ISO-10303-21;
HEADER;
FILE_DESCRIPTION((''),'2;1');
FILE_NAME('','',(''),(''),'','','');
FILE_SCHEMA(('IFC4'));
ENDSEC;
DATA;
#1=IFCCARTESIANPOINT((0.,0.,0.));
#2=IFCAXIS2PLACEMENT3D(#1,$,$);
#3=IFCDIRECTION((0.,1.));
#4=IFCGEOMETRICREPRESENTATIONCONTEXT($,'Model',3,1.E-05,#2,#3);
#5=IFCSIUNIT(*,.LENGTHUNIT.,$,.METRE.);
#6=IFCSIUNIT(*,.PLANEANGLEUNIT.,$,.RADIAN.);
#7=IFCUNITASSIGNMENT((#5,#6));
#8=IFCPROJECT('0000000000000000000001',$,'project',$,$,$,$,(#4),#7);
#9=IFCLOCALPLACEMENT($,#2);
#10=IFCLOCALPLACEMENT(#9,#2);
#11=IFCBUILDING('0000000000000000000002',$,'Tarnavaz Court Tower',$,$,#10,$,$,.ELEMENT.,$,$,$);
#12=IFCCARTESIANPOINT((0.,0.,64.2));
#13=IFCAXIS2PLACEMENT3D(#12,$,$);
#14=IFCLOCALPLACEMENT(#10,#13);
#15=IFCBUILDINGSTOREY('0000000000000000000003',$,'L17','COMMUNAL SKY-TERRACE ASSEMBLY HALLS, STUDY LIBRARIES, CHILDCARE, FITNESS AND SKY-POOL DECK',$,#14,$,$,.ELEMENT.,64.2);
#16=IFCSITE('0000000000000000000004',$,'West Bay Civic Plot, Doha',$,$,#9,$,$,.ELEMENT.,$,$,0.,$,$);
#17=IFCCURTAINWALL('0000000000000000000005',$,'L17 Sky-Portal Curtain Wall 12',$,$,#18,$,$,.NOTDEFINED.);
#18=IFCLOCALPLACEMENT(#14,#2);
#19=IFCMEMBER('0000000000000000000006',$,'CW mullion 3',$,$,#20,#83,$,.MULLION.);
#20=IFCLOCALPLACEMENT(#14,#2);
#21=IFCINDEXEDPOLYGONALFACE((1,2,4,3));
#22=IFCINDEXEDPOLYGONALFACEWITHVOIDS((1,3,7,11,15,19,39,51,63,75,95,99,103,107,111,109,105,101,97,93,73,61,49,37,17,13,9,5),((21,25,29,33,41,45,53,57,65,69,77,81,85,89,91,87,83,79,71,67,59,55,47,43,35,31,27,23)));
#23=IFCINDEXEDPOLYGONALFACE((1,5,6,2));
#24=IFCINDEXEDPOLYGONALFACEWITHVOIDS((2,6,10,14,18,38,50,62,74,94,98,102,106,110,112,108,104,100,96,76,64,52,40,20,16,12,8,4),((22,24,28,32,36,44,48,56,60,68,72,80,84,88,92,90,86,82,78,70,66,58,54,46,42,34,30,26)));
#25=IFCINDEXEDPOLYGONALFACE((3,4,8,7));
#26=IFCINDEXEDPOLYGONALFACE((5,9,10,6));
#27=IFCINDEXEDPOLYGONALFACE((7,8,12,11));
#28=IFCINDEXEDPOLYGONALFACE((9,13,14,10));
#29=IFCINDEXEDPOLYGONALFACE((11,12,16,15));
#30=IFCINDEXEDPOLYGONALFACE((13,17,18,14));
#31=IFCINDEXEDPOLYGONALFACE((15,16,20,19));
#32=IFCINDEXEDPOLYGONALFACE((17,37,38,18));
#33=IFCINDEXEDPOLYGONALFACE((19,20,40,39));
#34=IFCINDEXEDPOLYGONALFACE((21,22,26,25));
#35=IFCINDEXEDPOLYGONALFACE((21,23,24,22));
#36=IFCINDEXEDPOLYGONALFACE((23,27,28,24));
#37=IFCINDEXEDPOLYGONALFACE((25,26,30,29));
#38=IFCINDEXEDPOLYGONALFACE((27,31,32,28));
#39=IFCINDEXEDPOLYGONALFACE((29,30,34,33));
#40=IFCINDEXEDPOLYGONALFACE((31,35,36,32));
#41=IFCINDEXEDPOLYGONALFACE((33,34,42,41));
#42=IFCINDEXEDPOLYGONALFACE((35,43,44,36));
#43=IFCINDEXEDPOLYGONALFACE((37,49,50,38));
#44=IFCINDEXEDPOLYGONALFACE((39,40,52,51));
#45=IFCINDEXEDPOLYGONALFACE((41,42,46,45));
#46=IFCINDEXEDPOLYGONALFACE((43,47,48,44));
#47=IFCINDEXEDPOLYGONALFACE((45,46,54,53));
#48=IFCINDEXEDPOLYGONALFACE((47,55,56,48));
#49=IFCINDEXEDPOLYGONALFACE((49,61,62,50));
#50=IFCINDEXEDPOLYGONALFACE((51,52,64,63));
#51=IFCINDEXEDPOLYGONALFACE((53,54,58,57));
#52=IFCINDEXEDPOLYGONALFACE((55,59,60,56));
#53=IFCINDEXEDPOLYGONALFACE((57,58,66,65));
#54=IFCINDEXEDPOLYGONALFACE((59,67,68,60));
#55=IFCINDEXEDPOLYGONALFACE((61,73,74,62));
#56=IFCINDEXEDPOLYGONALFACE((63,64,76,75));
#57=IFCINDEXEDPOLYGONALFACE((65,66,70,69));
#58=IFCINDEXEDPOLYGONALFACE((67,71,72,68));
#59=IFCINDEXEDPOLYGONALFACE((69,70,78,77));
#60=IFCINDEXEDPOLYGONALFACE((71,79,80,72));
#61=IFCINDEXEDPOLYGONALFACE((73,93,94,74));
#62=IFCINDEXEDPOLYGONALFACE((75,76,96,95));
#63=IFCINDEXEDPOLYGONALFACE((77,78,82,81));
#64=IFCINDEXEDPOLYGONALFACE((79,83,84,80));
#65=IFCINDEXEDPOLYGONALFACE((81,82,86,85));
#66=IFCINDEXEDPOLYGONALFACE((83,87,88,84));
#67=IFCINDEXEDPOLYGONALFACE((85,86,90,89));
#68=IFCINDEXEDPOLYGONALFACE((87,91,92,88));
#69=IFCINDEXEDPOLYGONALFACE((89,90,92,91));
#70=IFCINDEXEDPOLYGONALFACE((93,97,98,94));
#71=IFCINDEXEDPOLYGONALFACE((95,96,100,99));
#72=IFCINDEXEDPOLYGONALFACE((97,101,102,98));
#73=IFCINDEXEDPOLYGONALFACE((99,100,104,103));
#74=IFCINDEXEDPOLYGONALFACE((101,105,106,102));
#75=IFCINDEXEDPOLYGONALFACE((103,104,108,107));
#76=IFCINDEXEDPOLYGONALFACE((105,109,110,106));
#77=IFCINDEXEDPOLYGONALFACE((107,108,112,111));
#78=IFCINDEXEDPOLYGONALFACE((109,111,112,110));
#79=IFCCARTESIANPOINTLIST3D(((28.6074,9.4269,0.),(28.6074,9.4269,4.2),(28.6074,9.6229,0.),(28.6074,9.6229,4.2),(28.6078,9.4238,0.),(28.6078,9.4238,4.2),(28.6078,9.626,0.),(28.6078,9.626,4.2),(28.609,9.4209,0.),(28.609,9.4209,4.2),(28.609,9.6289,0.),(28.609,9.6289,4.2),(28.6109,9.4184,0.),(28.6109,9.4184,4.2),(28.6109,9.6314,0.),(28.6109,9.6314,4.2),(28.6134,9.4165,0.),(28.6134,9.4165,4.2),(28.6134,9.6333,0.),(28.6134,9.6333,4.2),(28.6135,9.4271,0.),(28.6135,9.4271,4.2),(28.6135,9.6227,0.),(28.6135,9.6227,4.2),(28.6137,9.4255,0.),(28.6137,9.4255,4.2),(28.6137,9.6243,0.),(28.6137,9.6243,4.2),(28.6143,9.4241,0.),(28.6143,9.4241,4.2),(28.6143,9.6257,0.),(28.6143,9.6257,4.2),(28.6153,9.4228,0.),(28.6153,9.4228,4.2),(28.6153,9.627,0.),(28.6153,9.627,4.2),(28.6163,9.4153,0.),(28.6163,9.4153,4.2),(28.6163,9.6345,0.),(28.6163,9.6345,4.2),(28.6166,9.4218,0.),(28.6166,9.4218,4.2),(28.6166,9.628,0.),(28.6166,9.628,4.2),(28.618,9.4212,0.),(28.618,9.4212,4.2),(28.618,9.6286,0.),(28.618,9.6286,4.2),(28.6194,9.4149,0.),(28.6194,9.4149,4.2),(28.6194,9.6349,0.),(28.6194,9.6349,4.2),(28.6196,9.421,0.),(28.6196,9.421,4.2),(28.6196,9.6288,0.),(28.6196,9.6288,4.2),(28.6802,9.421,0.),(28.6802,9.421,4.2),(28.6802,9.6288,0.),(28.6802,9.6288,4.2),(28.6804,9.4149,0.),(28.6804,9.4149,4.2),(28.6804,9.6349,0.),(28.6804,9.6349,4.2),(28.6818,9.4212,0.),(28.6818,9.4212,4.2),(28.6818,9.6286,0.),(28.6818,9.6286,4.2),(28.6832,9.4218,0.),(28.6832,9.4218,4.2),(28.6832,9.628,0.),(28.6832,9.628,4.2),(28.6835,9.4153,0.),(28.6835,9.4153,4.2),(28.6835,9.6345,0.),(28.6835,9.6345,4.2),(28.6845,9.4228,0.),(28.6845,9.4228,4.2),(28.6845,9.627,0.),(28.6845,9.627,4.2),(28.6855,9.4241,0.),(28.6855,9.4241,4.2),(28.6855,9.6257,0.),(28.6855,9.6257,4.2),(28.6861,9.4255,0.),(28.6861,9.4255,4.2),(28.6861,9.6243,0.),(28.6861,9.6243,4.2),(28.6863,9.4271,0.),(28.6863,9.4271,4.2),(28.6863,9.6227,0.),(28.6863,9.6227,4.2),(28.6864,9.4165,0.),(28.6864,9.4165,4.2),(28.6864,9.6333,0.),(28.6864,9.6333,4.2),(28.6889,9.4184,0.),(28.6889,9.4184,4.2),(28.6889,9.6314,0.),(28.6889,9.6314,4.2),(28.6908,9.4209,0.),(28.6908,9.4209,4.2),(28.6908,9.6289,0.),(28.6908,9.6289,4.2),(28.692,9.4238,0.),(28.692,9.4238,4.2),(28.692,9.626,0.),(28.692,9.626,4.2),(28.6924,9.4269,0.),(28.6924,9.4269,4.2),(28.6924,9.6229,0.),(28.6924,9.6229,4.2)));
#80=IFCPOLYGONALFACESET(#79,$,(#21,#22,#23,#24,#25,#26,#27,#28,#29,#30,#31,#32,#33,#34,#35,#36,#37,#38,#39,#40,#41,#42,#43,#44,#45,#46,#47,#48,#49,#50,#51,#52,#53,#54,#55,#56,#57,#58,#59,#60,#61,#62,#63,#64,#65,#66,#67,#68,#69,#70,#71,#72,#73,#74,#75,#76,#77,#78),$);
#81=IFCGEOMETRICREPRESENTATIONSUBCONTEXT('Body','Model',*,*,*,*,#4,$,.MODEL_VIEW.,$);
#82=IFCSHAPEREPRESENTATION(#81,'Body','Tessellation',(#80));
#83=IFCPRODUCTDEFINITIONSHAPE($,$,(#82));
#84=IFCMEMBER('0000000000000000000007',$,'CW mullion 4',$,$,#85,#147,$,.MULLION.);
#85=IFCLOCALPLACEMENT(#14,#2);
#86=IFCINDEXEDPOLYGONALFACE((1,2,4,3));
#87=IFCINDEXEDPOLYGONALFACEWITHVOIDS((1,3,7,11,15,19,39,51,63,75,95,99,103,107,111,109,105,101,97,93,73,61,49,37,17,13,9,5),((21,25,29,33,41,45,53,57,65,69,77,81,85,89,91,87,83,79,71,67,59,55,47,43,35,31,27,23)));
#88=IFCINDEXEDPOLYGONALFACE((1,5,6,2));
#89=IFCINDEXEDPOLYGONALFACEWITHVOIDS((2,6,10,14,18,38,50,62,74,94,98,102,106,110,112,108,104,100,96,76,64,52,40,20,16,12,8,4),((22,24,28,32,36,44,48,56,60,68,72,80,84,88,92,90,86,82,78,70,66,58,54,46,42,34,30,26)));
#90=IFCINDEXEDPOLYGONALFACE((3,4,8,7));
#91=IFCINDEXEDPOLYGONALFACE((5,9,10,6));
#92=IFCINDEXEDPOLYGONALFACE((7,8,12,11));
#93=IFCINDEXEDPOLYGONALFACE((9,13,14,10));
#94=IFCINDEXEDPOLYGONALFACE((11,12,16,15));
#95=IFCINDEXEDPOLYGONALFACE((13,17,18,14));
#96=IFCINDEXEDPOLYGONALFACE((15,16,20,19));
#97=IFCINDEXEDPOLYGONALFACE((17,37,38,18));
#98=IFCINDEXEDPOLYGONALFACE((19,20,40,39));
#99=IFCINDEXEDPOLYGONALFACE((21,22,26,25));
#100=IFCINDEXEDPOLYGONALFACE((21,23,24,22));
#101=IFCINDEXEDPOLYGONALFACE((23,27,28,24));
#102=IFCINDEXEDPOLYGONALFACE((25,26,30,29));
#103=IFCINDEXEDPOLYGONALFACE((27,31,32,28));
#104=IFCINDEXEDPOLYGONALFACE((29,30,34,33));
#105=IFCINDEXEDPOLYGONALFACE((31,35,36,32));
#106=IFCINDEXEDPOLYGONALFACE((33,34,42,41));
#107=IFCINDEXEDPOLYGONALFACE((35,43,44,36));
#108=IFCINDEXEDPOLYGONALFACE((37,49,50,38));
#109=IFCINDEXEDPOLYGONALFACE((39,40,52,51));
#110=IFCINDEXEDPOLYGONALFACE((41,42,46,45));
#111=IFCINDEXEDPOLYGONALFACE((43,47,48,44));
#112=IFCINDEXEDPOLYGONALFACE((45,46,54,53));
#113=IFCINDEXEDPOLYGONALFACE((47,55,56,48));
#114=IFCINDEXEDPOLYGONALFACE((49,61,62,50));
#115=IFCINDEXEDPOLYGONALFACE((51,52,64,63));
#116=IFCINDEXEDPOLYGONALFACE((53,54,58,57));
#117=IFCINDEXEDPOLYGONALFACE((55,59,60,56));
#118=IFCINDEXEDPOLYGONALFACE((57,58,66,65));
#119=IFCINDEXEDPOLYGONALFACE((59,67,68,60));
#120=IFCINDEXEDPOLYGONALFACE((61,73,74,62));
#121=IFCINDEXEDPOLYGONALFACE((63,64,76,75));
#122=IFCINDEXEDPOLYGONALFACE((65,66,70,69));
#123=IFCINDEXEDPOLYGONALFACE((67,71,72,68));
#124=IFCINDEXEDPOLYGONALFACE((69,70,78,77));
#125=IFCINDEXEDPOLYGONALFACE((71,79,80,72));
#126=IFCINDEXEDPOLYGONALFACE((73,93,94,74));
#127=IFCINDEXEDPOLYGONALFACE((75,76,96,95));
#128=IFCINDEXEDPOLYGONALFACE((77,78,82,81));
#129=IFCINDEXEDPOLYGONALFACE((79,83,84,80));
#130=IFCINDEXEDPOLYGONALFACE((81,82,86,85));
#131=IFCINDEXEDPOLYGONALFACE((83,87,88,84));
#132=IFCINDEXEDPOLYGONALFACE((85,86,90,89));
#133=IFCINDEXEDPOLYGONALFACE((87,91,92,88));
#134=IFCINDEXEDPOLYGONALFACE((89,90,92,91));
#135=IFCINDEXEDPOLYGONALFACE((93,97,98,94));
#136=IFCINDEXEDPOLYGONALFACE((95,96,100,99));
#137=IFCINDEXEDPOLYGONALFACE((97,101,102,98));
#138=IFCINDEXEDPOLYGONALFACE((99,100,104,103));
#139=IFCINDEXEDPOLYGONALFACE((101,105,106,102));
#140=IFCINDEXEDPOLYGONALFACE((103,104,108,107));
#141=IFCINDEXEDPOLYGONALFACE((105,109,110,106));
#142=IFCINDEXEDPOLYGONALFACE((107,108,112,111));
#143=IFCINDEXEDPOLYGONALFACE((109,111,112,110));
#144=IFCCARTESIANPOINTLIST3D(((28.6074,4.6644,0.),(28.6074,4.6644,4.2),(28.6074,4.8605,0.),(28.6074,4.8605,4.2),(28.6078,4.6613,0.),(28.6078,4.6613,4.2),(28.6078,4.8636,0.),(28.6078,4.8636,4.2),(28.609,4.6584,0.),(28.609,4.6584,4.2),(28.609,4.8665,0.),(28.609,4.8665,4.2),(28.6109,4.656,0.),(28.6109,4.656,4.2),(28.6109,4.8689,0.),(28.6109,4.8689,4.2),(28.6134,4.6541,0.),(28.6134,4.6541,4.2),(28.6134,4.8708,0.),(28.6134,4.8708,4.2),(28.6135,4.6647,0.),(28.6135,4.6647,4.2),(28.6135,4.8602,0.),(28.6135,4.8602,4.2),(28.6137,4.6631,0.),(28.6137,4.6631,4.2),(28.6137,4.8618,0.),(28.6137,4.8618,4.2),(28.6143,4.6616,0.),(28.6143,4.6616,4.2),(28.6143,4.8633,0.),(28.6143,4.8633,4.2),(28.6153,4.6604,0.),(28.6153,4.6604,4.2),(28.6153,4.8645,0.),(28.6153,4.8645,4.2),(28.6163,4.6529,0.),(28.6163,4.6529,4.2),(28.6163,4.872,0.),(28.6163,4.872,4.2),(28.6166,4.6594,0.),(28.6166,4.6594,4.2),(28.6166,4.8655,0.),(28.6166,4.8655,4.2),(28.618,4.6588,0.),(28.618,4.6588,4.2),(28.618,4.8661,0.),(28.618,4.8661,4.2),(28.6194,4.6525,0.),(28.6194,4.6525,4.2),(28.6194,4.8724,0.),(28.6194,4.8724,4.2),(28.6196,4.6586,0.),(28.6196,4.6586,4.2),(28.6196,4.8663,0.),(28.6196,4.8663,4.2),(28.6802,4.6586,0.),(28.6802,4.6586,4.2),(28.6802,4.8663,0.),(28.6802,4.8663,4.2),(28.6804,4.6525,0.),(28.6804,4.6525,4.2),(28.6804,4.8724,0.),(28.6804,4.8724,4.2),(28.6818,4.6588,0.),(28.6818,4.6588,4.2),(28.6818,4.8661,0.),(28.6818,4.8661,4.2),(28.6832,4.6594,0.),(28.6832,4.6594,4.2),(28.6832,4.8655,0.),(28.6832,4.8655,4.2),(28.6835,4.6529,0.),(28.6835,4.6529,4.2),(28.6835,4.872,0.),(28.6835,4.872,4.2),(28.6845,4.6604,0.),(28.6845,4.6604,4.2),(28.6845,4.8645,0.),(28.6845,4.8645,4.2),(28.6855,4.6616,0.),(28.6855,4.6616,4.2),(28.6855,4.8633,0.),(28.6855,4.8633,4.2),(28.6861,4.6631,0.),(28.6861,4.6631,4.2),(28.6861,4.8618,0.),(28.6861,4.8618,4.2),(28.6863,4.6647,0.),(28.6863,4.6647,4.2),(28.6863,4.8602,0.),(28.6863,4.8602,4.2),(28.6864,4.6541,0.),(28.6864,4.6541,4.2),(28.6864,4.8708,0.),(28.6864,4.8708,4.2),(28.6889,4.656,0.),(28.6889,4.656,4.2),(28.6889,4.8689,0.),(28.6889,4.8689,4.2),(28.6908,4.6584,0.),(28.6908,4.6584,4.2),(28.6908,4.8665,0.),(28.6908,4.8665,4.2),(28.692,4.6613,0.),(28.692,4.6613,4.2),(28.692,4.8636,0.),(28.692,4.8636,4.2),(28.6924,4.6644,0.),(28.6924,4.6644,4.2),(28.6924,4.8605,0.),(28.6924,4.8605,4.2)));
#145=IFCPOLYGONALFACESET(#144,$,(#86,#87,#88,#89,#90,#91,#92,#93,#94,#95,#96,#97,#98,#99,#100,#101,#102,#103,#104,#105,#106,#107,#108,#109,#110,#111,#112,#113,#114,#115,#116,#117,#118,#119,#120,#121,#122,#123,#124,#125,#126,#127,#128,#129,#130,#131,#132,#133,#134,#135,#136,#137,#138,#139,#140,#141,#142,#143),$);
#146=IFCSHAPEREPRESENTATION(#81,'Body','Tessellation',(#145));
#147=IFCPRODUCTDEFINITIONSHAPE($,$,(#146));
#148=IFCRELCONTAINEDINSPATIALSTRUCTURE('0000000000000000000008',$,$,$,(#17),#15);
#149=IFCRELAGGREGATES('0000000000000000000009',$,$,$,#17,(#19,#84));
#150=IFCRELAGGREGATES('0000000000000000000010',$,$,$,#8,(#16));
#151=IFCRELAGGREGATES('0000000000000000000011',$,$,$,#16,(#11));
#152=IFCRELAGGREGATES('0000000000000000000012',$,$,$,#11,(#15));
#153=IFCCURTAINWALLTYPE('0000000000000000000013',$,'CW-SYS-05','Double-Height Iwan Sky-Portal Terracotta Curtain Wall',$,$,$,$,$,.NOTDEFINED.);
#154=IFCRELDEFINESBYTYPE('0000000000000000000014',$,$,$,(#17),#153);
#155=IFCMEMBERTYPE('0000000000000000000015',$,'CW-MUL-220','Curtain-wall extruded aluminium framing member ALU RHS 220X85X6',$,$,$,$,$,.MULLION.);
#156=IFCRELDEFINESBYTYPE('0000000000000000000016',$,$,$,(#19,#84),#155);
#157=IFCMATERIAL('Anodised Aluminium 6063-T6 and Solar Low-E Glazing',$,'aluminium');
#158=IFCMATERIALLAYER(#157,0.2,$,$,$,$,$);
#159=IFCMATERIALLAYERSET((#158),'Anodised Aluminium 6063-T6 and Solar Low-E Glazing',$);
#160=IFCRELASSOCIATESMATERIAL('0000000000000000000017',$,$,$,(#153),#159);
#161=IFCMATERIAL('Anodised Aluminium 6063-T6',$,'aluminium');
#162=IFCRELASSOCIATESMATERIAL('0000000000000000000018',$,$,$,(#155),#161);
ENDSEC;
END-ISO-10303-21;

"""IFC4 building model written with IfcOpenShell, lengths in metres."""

from ifc_helpers import new_model, si_unit, direction, frame, origin, origin_2d, place, context, subcontext, project, spatial, hollow_rectangle, extrude, material, layer, layer_set, material_profile, profile_set, type_object, element, aggregate, save


model = new_model("IFC4")

# Units and contexts
model_context = context("Model", 3, precision=1e-05, world=origin(), true_north=direction((0.0, 1.0)))
body_context = subcontext(model_context, "Body", "Model", "MODEL_VIEW")
ifc_project = project(units=[si_unit("LENGTHUNIT", "METRE"), si_unit("PLANEANGLEUNIT", "RADIAN")], contexts=[model_context])

# Site, building, storey
site_placement = place(None, origin())
site = spatial("IfcSite", under=ifc_project, at=site_placement, Name="West Bay Civic Plot, Doha", CompositionType="ELEMENT", RefElevation=0.0)
building_placement = place(site_placement, origin())
building = spatial("IfcBuilding", under=site, at=building_placement, Name="Tarnavaz Court Tower", CompositionType="ELEMENT")
storey_placement = place(building_placement, frame((0.0, 0.0, 64.2)))
storey = spatial("IfcBuildingStorey", under=building, at=storey_placement, Name="L17", Description="COMMUNAL SKY-TERRACE ASSEMBLY HALLS, STUDY LIBRARIES, CHILDCARE, FITNESS AND SKY-POOL DECK", CompositionType="ELEMENT", Elevation=64.2)

# Curtain wall, members
ifc_material_1 = material(Name="Anodised Aluminium 6063-T6 and Solar Low-E Glazing", Category="aluminium")
ifc_layer_1 = layer(ifc_material_1, 0.2)
ifc_layer_set_1 = layer_set([ifc_layer_1], Name="Anodised Aluminium 6063-T6 and Solar Low-E Glazing")
curtain_wall_type = type_object("IfcCurtainWallType", Name="CW-SYS-05", Description="Double-Height Iwan Sky-Portal Terracotta Curtain Wall", PredefinedType="NOTDEFINED", material=ifc_layer_set_1)
curtain_wall_placement = place(storey_placement, origin())
curtain_wall = element("IfcCurtainWall", 1, at=curtain_wall_placement, inside=storey, type_object=curtain_wall_type, Name="L17 Sky-Portal Curtain Wall 12", PredefinedType="NOTDEFINED")
ifc_material_2 = material(Name="Anodised Aluminium 6063-T6", Category="aluminium")
ifc_material_profile_1 = material_profile(ifc_material_2, hollow_rectangle(XDim=0.085, YDim=0.22, WallThickness=0.0061, InnerFilletRadius=0.0061, OuterFilletRadius=0.012, at=origin_2d()), Name="ALU RHS 220X85X6")
ifc_profile_set_1 = profile_set([ifc_material_profile_1], Name="Anodised Aluminium 6063-T6")
member_type_1 = type_object("IfcMemberType", Name="CW-MUL-220", Description="Curtain-wall extruded aluminium framing member ALU RHS 220X85X6", PredefinedType="MULLION", material=ifc_profile_set_1)
member_1_placement = place(storey_placement, frame((28.6499, 9.5249, 0.0), z_axis=(0.0, 0.0, 1.0), x_axis=(1.0, 0.0, 0.0)))
member_1 = element("IfcMember", 2, at=member_1_placement, type_object=member_type_1, Name="CW mullion 3", PredefinedType="MULLION", context=body_context, shape_type="SweptSolid", body=[
    extrude(hollow_rectangle(XDim=0.085, YDim=0.22, WallThickness=0.0061, InnerFilletRadius=0.0061, OuterFilletRadius=0.012, at=origin_2d()), origin(), (0.0, 0.0, 1.0), 4.2),
])
member_2_placement = place(storey_placement, frame((28.6499, 4.7625, 0.0), z_axis=(0.0, 0.0, 1.0), x_axis=(1.0, 0.0, 0.0)))
member_2 = element("IfcMember", 3, at=member_2_placement, type_object=member_type_1, Name="CW mullion 4", PredefinedType="MULLION", context=body_context, shape_type="SweptSolid", body=[
    extrude(hollow_rectangle(XDim=0.085, YDim=0.22, WallThickness=0.0061, InnerFilletRadius=0.0061, OuterFilletRadius=0.012, at=origin_2d()), origin(), (0.0, 0.0, 1.0), 4.2),
])
aggregate(curtain_wall, [member_1, member_2])

save(model, "model.ifc")
